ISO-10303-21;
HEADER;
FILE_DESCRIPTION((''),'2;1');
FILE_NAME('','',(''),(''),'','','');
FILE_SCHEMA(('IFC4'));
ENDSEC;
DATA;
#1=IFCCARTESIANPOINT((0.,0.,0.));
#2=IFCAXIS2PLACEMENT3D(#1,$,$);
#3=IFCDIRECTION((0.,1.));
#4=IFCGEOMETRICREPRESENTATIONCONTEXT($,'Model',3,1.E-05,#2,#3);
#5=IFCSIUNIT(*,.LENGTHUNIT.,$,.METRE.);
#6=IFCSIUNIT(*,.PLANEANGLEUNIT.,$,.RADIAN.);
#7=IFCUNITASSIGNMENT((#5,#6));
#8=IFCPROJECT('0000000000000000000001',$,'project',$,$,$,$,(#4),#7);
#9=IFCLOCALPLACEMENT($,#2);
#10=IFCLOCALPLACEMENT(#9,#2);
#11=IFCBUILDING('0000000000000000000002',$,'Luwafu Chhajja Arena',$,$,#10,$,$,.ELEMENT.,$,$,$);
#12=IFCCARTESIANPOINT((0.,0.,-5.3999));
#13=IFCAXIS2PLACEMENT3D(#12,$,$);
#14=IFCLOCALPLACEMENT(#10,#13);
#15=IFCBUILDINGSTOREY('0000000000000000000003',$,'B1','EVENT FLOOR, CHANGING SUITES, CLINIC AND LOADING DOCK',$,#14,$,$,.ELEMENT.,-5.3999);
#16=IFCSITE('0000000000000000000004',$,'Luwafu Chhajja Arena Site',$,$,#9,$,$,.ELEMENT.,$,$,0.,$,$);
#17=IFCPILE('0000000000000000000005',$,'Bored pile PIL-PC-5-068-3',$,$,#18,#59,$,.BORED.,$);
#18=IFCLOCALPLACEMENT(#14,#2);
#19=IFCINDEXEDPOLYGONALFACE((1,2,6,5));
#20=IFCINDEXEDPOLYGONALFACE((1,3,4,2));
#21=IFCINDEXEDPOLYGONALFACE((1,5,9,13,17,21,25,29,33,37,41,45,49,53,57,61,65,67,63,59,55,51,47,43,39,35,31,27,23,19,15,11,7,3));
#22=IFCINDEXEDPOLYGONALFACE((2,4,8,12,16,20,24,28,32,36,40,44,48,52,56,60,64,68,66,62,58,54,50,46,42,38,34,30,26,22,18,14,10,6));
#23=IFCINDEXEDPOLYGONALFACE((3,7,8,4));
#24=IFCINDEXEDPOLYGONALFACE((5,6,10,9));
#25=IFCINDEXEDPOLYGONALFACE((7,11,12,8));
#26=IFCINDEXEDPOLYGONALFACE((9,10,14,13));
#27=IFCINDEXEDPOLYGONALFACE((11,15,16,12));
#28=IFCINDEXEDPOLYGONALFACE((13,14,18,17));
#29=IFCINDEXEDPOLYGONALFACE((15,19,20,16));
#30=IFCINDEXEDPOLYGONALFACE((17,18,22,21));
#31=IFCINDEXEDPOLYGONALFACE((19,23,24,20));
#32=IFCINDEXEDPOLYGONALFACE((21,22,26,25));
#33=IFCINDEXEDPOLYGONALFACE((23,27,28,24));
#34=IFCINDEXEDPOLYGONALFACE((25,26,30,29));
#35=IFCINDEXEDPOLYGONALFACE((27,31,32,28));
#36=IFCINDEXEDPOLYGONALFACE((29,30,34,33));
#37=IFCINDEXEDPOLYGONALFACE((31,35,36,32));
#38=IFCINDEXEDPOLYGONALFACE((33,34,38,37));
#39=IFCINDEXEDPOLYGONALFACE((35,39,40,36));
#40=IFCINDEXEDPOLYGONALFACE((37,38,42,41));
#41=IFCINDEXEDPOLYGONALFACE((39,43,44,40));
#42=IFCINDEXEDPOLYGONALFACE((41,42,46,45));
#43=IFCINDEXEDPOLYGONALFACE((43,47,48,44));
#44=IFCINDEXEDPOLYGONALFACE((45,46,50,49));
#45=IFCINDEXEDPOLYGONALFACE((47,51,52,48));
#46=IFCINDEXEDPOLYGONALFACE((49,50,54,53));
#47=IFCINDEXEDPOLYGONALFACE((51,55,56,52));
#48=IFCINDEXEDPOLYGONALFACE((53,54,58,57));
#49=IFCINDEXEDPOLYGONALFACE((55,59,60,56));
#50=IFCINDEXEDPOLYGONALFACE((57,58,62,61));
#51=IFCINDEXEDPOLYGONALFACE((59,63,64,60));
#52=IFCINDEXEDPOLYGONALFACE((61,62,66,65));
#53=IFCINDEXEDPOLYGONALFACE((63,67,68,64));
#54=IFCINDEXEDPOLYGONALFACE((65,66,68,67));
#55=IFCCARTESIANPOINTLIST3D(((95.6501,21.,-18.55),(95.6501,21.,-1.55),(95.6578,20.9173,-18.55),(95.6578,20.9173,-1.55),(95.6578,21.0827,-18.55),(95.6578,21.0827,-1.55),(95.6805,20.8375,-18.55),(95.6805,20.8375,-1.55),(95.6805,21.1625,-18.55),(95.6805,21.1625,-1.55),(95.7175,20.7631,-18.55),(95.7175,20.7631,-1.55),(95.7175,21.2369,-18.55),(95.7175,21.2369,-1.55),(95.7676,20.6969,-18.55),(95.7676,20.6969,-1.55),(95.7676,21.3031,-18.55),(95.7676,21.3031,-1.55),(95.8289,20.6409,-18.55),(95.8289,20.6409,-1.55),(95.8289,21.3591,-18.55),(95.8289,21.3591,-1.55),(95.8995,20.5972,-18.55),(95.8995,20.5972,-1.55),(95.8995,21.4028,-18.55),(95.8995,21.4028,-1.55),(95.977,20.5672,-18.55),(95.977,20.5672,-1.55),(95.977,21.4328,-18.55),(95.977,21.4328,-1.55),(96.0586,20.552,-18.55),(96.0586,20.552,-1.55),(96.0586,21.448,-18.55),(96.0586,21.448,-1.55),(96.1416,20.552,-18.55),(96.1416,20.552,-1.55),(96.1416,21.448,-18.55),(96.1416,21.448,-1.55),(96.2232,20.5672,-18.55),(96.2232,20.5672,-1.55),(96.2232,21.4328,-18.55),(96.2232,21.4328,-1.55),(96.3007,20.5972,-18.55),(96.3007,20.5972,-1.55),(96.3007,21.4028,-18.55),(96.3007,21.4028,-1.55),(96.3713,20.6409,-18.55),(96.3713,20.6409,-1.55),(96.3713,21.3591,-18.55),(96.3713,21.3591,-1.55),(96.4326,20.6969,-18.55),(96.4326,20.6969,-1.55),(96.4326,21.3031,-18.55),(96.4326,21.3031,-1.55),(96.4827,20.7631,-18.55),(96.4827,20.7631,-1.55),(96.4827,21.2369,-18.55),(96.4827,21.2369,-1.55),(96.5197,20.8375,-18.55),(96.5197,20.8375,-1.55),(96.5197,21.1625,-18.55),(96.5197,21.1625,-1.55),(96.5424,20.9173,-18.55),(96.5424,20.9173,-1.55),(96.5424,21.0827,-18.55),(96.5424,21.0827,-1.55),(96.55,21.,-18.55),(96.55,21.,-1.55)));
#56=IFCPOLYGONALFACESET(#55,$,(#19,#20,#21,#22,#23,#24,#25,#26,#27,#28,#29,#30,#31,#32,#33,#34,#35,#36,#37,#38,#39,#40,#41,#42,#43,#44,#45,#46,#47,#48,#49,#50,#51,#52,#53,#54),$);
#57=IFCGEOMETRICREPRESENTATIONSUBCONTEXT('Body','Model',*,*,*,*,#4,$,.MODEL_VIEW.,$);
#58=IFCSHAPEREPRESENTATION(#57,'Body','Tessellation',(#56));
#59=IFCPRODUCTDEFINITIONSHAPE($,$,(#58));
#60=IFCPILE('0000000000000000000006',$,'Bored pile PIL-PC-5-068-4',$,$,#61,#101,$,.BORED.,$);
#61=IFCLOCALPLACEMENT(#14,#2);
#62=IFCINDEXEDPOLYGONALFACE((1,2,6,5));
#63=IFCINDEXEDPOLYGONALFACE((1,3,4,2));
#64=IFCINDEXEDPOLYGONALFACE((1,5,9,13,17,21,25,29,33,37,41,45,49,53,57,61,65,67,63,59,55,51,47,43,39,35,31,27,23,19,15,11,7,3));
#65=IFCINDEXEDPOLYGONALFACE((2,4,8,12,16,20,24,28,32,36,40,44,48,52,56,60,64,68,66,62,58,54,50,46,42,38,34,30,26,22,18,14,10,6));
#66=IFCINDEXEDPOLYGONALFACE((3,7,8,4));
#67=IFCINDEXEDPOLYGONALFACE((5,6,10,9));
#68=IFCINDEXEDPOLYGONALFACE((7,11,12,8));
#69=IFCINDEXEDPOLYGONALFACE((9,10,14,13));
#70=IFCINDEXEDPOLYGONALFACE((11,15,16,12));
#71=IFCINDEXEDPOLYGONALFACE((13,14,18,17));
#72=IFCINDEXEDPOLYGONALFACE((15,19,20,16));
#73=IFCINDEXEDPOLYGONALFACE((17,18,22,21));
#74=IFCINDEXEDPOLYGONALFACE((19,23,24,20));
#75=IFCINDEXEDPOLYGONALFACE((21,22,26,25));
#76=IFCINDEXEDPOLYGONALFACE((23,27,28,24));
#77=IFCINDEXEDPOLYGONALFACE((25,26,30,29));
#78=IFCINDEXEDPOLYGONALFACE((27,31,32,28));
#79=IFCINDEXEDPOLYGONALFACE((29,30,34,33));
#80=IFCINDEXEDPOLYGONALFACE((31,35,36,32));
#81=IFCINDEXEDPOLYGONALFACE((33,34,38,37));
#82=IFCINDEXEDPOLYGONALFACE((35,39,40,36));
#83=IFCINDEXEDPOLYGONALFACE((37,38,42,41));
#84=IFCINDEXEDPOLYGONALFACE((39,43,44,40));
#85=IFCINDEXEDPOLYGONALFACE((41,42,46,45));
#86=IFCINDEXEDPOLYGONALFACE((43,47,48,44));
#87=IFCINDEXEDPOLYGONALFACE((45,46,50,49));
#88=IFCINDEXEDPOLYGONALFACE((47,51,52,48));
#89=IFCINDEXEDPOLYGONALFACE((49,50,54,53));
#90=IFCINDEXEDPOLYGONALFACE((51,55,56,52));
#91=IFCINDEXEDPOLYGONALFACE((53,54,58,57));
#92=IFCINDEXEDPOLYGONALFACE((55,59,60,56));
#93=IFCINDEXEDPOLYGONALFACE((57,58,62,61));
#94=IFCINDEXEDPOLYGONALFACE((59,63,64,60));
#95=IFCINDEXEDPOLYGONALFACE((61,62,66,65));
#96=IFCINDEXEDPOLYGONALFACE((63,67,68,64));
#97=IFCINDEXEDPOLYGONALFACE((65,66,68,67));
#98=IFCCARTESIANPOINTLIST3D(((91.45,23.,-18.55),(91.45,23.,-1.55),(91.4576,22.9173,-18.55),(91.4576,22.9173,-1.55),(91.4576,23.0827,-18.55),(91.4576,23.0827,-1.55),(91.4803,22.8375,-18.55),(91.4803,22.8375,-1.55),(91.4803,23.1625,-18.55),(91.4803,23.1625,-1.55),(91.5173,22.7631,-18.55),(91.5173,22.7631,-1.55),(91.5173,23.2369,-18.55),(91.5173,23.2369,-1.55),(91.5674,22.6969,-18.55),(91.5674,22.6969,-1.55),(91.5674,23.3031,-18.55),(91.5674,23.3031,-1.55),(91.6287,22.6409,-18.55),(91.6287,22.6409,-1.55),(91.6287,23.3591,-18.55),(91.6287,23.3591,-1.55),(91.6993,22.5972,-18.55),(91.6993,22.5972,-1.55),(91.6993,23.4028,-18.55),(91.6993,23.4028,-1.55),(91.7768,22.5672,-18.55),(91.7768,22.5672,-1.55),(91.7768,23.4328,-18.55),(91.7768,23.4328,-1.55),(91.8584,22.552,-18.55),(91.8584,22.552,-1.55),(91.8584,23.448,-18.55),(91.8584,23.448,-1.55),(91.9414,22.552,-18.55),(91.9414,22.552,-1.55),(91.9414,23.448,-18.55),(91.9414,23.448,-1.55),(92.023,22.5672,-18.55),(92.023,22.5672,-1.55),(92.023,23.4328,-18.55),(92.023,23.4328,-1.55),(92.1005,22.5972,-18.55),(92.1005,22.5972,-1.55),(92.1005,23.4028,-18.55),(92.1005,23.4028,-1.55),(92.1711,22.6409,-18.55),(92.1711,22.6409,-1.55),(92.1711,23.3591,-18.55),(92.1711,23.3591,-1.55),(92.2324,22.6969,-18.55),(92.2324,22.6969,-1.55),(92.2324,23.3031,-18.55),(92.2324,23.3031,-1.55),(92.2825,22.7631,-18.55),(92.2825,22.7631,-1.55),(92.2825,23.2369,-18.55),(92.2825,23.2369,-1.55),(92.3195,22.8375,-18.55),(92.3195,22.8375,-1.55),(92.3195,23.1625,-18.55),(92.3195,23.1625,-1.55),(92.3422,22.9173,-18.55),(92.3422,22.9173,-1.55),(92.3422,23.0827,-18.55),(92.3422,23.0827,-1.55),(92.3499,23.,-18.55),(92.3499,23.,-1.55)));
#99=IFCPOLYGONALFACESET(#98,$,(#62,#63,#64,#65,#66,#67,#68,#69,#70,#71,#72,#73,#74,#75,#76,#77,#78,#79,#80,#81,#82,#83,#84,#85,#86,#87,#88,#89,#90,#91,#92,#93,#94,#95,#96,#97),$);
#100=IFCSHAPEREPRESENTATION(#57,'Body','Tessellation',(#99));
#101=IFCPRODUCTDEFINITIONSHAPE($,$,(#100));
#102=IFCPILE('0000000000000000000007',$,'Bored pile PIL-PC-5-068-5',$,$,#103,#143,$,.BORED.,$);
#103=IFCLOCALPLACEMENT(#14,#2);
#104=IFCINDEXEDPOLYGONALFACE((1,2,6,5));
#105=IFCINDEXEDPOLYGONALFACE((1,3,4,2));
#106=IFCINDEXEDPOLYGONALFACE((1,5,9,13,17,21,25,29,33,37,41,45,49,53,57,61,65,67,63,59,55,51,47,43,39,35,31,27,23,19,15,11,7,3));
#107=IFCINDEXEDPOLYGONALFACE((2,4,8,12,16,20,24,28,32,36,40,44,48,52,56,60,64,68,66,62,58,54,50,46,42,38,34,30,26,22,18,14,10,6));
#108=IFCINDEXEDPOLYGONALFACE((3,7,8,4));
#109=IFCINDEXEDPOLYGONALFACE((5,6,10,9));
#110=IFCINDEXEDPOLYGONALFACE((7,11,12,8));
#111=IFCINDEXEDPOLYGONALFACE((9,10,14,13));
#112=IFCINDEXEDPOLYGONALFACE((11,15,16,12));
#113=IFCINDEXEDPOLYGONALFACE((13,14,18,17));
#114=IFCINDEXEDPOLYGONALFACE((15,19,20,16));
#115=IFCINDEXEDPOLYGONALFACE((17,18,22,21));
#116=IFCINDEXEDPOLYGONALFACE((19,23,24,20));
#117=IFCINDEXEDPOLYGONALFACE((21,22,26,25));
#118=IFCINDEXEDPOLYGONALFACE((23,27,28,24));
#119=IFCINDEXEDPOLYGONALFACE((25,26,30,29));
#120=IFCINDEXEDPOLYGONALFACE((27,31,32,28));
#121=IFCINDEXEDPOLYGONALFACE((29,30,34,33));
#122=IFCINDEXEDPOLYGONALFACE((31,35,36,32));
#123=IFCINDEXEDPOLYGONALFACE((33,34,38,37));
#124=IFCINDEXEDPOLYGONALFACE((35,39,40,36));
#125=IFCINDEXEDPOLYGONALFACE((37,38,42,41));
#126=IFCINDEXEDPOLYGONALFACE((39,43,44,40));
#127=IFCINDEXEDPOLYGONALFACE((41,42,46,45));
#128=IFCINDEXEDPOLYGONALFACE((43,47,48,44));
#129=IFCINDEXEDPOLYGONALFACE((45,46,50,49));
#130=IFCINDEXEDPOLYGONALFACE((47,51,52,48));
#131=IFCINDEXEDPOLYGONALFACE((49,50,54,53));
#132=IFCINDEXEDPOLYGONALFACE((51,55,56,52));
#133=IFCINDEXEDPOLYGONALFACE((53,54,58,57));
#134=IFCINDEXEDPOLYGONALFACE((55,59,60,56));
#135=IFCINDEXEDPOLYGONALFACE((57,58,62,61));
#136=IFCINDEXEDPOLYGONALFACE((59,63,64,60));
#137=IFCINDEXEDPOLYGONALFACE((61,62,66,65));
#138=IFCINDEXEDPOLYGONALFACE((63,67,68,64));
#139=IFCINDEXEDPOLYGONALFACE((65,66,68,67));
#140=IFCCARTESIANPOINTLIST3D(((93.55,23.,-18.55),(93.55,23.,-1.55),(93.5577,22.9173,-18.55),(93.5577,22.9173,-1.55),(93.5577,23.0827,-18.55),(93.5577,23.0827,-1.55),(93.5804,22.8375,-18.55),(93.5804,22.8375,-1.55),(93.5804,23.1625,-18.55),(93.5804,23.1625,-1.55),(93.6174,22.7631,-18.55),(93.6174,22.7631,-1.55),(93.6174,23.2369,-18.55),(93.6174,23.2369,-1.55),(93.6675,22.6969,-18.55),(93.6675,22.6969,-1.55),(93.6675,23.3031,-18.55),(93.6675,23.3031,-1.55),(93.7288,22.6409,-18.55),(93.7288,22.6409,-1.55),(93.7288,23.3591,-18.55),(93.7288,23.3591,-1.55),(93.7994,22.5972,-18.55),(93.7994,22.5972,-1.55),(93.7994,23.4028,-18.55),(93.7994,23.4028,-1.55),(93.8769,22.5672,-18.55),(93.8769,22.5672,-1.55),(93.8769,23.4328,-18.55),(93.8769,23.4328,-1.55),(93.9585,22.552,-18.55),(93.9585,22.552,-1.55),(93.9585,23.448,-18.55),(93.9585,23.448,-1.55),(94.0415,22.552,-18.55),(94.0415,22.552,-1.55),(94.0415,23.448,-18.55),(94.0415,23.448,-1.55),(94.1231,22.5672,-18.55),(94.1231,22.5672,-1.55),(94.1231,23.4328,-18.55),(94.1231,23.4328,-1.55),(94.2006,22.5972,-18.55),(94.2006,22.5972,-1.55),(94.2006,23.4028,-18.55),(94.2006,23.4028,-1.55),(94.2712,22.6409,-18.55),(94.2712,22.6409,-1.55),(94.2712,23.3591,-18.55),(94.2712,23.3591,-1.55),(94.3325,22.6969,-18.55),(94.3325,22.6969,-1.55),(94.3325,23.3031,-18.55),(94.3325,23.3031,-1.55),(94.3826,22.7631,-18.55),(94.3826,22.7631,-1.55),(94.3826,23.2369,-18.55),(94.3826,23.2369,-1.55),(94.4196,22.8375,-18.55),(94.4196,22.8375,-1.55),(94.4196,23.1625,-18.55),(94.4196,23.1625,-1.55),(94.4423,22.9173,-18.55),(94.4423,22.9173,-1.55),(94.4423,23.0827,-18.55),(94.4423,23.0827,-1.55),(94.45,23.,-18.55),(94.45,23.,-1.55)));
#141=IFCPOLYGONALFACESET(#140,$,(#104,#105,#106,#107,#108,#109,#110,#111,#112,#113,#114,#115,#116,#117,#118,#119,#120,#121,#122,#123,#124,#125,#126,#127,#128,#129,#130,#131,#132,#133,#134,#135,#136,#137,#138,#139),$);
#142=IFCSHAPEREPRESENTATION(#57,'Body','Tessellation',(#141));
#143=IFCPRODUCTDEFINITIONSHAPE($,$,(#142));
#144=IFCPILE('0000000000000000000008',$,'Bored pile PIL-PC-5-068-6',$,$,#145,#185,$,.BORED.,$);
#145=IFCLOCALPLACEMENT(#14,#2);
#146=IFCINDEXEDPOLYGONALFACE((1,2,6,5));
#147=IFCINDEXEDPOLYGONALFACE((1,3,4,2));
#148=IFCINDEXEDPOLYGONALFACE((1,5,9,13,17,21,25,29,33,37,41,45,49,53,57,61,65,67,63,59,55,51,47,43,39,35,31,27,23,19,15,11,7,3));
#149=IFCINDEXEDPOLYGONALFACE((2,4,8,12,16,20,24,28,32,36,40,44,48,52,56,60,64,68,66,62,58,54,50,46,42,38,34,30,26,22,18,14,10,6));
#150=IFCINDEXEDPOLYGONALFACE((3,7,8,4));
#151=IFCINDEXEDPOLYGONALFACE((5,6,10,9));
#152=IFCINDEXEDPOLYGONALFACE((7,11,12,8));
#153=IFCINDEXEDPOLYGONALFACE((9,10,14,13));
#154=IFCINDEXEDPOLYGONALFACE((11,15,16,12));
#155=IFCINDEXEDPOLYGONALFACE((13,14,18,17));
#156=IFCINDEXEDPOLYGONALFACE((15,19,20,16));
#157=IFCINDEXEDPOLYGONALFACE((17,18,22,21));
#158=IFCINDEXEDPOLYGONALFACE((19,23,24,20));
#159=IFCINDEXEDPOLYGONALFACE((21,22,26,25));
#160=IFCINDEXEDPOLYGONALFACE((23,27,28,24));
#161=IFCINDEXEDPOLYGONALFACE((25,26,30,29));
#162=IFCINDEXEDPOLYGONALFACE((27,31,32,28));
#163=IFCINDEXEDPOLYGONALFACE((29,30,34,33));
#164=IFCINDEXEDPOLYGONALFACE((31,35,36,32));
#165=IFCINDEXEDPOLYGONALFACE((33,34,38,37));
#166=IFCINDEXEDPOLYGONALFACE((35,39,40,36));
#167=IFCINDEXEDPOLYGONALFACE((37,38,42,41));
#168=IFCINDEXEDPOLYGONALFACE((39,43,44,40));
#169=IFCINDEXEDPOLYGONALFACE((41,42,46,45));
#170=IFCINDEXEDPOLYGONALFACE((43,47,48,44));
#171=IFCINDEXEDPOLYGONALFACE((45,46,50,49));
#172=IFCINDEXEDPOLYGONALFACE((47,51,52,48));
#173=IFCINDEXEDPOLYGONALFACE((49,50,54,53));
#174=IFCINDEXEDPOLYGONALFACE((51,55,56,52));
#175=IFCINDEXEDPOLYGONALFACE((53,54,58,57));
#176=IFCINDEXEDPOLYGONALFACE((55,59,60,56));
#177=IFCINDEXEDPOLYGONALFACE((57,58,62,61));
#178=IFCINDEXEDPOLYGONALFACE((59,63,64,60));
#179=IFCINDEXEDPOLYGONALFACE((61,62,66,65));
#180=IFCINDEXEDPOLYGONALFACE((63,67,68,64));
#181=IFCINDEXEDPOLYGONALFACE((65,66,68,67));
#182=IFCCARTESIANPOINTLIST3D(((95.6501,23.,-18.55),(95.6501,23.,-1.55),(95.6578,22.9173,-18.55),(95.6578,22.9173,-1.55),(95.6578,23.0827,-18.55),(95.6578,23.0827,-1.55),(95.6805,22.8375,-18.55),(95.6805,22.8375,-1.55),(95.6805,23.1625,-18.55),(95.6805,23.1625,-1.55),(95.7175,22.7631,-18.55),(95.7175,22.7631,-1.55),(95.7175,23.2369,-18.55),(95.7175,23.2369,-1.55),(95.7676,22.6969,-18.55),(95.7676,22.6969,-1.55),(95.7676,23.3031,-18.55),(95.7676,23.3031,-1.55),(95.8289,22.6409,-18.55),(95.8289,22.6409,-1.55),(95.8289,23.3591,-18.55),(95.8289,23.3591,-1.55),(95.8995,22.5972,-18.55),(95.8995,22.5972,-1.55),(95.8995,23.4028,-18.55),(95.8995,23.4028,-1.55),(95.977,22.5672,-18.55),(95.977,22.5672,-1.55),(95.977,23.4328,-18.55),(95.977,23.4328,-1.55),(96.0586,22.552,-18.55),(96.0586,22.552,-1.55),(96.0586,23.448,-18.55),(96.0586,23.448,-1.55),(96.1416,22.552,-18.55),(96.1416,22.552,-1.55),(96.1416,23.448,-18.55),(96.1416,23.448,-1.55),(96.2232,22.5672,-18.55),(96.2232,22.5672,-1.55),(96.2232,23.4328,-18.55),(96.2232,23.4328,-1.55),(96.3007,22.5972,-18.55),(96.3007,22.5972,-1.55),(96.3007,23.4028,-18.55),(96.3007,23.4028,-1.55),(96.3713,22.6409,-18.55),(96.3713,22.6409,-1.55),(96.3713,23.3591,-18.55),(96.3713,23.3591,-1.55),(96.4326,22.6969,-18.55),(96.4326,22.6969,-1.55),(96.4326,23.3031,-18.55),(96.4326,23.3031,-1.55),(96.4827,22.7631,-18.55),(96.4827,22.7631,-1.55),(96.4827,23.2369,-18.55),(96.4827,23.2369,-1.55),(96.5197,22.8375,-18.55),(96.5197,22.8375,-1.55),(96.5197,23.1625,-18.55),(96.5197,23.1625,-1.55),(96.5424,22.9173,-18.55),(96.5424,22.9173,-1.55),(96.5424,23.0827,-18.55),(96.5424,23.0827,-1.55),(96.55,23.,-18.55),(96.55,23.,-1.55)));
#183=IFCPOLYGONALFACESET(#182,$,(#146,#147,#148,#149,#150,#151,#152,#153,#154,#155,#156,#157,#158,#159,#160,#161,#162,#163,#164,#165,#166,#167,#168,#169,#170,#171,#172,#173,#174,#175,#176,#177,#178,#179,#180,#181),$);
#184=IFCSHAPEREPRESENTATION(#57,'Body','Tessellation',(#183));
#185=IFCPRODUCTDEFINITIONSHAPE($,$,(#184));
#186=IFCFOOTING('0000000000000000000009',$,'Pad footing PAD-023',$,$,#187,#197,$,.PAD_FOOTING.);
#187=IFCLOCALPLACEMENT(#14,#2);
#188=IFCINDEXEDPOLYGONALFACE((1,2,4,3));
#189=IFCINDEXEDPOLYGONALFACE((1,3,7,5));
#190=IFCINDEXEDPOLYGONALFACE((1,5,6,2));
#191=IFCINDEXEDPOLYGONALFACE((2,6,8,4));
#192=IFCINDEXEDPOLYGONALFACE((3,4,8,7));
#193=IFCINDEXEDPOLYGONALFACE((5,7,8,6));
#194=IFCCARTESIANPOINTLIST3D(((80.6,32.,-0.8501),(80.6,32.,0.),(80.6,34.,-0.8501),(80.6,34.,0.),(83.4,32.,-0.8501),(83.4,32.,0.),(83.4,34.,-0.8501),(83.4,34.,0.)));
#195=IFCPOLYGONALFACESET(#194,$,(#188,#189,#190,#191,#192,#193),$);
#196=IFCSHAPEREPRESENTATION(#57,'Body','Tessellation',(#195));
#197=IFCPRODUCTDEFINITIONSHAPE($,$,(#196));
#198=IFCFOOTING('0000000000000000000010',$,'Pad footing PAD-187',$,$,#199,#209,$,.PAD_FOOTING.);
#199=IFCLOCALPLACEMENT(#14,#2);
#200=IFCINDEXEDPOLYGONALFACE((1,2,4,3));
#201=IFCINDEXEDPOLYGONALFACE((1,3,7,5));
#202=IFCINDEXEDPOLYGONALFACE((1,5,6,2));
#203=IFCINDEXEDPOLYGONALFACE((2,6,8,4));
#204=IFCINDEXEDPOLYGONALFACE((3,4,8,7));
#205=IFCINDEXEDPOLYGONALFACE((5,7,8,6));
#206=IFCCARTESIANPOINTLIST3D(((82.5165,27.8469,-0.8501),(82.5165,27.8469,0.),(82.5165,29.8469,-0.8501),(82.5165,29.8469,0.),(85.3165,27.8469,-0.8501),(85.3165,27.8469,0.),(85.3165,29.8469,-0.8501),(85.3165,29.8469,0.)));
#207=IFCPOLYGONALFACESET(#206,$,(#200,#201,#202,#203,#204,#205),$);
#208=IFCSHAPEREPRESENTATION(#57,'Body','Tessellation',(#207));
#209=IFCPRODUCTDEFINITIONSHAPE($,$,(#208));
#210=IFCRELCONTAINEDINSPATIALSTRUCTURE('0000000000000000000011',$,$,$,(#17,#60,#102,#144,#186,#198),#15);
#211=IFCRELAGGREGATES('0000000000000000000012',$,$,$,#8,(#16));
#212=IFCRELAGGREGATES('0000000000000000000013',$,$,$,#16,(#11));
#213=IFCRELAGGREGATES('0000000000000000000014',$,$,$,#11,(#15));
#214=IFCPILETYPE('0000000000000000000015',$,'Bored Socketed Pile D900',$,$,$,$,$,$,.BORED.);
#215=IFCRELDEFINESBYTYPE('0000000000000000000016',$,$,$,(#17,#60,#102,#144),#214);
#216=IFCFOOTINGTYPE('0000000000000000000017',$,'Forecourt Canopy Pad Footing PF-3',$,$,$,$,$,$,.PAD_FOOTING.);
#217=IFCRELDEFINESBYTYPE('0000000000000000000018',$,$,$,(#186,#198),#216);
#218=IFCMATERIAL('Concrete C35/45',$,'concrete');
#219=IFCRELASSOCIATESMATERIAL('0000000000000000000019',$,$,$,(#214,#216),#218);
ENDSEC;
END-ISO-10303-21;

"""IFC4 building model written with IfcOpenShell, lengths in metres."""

from ifc_helpers import new_model, si_unit, direction, frame, origin, origin_2d, place, context, subcontext, project, spatial, rectangle, circle, extrude, material, material_profile, profile_set, type_object, element, save


model = new_model("IFC4")

# Units and contexts
model_context = context("Model", 3, precision=1e-05, world=origin(), true_north=direction((0.0, 1.0)))
body_context = subcontext(model_context, "Body", "Model", "MODEL_VIEW")
ifc_project = project(units=[si_unit("LENGTHUNIT", "METRE"), si_unit("PLANEANGLEUNIT", "RADIAN")], contexts=[model_context])

# Site, building, storey
site_placement = place(None, origin())
site = spatial("IfcSite", under=ifc_project, at=site_placement, Name="Luwafu Chhajja Arena Site", CompositionType="ELEMENT", RefElevation=0.0)
building_placement = place(site_placement, origin())
building = spatial("IfcBuilding", under=site, at=building_placement, Name="Luwafu Chhajja Arena", CompositionType="ELEMENT")
storey_placement = place(building_placement, frame((0.0, 0.0, -5.3999)))
storey = spatial("IfcBuildingStorey", under=building, at=storey_placement, Name="B1", Description="EVENT FLOOR, CHANGING SUITES, CLINIC AND LOADING DOCK", CompositionType="ELEMENT", Elevation=-5.3999)

# Piles
ifc_material_1 = material(Name="Concrete C35/45", Category="concrete")
ifc_material_profile_1 = material_profile(ifc_material_1, circle(Radius=0.45, at=origin_2d()), Name="PILE D900")
ifc_profile_set_1 = profile_set([ifc_material_profile_1], Name="Concrete C35/45")
pile_type_1 = type_object("IfcPileType", Name="Bored Socketed Pile D900", PredefinedType="BORED", material=ifc_profile_set_1)
for number, where, z_axis, x_axis, name in (
    (1, (96.1001, 21.0, -1.55), (0.0, 0.0, -1.0), (1.0, 0.0, 0.0), "Bored pile PIL-PC-5-068-3"),
    (2, (91.8999, 23.0, -1.55), (0.0, 0.0, -1.0), (1.0, 0.0, 0.0), "Bored pile PIL-PC-5-068-4"),
    (3, (94.0, 23.0, -1.55), (0.0, 0.0, -1.0), (1.0, 0.0, 0.0), "Bored pile PIL-PC-5-068-5"),
    (4, (96.1001, 23.0, -1.55), (0.0, 0.0, -1.0), (1.0, 0.0, 0.0), "Bored pile PIL-PC-5-068-6"),
):
    element("IfcPile", number, at=place(storey_placement, frame(where, z_axis=z_axis, x_axis=x_axis)), inside=storey, type_object=pile_type_1, Name=name, PredefinedType="BORED", context=body_context, shape_type="SweptSolid", body=[
        extrude(circle(Radius=0.45, at=origin_2d()), origin(), (0.0, 0.0, 1.0), 17.0),
    ])

# Footings
footing_type_1 = type_object("IfcFootingType", Name="Forecourt Canopy Pad Footing PF-3", PredefinedType="PAD_FOOTING", material=ifc_material_1)
for number, where, z_axis, x_axis, name in (
    (5, (82.0, 33.0, -0.8501), (0.0, 0.0, 1.0), (1.0, 0.0, 0.0), "Pad footing PAD-023"),
    (6, (83.9165, 28.8469, -0.8501), (0.0, 0.0, 1.0), (1.0, 0.0, 0.0), "Pad footing PAD-187"),
):
    element("IfcFooting", number, at=place(storey_placement, frame(where, z_axis=z_axis, x_axis=x_axis)), inside=storey, type_object=footing_type_1, Name=name, PredefinedType="PAD_FOOTING", context=body_context, shape_type="SweptSolid", body=[
        extrude(rectangle(XDim=2.8, YDim=2.0, at=origin_2d()), origin(), (0.0, 0.0, 1.0), 0.8501),
    ])

save(model, "model.ifc")
